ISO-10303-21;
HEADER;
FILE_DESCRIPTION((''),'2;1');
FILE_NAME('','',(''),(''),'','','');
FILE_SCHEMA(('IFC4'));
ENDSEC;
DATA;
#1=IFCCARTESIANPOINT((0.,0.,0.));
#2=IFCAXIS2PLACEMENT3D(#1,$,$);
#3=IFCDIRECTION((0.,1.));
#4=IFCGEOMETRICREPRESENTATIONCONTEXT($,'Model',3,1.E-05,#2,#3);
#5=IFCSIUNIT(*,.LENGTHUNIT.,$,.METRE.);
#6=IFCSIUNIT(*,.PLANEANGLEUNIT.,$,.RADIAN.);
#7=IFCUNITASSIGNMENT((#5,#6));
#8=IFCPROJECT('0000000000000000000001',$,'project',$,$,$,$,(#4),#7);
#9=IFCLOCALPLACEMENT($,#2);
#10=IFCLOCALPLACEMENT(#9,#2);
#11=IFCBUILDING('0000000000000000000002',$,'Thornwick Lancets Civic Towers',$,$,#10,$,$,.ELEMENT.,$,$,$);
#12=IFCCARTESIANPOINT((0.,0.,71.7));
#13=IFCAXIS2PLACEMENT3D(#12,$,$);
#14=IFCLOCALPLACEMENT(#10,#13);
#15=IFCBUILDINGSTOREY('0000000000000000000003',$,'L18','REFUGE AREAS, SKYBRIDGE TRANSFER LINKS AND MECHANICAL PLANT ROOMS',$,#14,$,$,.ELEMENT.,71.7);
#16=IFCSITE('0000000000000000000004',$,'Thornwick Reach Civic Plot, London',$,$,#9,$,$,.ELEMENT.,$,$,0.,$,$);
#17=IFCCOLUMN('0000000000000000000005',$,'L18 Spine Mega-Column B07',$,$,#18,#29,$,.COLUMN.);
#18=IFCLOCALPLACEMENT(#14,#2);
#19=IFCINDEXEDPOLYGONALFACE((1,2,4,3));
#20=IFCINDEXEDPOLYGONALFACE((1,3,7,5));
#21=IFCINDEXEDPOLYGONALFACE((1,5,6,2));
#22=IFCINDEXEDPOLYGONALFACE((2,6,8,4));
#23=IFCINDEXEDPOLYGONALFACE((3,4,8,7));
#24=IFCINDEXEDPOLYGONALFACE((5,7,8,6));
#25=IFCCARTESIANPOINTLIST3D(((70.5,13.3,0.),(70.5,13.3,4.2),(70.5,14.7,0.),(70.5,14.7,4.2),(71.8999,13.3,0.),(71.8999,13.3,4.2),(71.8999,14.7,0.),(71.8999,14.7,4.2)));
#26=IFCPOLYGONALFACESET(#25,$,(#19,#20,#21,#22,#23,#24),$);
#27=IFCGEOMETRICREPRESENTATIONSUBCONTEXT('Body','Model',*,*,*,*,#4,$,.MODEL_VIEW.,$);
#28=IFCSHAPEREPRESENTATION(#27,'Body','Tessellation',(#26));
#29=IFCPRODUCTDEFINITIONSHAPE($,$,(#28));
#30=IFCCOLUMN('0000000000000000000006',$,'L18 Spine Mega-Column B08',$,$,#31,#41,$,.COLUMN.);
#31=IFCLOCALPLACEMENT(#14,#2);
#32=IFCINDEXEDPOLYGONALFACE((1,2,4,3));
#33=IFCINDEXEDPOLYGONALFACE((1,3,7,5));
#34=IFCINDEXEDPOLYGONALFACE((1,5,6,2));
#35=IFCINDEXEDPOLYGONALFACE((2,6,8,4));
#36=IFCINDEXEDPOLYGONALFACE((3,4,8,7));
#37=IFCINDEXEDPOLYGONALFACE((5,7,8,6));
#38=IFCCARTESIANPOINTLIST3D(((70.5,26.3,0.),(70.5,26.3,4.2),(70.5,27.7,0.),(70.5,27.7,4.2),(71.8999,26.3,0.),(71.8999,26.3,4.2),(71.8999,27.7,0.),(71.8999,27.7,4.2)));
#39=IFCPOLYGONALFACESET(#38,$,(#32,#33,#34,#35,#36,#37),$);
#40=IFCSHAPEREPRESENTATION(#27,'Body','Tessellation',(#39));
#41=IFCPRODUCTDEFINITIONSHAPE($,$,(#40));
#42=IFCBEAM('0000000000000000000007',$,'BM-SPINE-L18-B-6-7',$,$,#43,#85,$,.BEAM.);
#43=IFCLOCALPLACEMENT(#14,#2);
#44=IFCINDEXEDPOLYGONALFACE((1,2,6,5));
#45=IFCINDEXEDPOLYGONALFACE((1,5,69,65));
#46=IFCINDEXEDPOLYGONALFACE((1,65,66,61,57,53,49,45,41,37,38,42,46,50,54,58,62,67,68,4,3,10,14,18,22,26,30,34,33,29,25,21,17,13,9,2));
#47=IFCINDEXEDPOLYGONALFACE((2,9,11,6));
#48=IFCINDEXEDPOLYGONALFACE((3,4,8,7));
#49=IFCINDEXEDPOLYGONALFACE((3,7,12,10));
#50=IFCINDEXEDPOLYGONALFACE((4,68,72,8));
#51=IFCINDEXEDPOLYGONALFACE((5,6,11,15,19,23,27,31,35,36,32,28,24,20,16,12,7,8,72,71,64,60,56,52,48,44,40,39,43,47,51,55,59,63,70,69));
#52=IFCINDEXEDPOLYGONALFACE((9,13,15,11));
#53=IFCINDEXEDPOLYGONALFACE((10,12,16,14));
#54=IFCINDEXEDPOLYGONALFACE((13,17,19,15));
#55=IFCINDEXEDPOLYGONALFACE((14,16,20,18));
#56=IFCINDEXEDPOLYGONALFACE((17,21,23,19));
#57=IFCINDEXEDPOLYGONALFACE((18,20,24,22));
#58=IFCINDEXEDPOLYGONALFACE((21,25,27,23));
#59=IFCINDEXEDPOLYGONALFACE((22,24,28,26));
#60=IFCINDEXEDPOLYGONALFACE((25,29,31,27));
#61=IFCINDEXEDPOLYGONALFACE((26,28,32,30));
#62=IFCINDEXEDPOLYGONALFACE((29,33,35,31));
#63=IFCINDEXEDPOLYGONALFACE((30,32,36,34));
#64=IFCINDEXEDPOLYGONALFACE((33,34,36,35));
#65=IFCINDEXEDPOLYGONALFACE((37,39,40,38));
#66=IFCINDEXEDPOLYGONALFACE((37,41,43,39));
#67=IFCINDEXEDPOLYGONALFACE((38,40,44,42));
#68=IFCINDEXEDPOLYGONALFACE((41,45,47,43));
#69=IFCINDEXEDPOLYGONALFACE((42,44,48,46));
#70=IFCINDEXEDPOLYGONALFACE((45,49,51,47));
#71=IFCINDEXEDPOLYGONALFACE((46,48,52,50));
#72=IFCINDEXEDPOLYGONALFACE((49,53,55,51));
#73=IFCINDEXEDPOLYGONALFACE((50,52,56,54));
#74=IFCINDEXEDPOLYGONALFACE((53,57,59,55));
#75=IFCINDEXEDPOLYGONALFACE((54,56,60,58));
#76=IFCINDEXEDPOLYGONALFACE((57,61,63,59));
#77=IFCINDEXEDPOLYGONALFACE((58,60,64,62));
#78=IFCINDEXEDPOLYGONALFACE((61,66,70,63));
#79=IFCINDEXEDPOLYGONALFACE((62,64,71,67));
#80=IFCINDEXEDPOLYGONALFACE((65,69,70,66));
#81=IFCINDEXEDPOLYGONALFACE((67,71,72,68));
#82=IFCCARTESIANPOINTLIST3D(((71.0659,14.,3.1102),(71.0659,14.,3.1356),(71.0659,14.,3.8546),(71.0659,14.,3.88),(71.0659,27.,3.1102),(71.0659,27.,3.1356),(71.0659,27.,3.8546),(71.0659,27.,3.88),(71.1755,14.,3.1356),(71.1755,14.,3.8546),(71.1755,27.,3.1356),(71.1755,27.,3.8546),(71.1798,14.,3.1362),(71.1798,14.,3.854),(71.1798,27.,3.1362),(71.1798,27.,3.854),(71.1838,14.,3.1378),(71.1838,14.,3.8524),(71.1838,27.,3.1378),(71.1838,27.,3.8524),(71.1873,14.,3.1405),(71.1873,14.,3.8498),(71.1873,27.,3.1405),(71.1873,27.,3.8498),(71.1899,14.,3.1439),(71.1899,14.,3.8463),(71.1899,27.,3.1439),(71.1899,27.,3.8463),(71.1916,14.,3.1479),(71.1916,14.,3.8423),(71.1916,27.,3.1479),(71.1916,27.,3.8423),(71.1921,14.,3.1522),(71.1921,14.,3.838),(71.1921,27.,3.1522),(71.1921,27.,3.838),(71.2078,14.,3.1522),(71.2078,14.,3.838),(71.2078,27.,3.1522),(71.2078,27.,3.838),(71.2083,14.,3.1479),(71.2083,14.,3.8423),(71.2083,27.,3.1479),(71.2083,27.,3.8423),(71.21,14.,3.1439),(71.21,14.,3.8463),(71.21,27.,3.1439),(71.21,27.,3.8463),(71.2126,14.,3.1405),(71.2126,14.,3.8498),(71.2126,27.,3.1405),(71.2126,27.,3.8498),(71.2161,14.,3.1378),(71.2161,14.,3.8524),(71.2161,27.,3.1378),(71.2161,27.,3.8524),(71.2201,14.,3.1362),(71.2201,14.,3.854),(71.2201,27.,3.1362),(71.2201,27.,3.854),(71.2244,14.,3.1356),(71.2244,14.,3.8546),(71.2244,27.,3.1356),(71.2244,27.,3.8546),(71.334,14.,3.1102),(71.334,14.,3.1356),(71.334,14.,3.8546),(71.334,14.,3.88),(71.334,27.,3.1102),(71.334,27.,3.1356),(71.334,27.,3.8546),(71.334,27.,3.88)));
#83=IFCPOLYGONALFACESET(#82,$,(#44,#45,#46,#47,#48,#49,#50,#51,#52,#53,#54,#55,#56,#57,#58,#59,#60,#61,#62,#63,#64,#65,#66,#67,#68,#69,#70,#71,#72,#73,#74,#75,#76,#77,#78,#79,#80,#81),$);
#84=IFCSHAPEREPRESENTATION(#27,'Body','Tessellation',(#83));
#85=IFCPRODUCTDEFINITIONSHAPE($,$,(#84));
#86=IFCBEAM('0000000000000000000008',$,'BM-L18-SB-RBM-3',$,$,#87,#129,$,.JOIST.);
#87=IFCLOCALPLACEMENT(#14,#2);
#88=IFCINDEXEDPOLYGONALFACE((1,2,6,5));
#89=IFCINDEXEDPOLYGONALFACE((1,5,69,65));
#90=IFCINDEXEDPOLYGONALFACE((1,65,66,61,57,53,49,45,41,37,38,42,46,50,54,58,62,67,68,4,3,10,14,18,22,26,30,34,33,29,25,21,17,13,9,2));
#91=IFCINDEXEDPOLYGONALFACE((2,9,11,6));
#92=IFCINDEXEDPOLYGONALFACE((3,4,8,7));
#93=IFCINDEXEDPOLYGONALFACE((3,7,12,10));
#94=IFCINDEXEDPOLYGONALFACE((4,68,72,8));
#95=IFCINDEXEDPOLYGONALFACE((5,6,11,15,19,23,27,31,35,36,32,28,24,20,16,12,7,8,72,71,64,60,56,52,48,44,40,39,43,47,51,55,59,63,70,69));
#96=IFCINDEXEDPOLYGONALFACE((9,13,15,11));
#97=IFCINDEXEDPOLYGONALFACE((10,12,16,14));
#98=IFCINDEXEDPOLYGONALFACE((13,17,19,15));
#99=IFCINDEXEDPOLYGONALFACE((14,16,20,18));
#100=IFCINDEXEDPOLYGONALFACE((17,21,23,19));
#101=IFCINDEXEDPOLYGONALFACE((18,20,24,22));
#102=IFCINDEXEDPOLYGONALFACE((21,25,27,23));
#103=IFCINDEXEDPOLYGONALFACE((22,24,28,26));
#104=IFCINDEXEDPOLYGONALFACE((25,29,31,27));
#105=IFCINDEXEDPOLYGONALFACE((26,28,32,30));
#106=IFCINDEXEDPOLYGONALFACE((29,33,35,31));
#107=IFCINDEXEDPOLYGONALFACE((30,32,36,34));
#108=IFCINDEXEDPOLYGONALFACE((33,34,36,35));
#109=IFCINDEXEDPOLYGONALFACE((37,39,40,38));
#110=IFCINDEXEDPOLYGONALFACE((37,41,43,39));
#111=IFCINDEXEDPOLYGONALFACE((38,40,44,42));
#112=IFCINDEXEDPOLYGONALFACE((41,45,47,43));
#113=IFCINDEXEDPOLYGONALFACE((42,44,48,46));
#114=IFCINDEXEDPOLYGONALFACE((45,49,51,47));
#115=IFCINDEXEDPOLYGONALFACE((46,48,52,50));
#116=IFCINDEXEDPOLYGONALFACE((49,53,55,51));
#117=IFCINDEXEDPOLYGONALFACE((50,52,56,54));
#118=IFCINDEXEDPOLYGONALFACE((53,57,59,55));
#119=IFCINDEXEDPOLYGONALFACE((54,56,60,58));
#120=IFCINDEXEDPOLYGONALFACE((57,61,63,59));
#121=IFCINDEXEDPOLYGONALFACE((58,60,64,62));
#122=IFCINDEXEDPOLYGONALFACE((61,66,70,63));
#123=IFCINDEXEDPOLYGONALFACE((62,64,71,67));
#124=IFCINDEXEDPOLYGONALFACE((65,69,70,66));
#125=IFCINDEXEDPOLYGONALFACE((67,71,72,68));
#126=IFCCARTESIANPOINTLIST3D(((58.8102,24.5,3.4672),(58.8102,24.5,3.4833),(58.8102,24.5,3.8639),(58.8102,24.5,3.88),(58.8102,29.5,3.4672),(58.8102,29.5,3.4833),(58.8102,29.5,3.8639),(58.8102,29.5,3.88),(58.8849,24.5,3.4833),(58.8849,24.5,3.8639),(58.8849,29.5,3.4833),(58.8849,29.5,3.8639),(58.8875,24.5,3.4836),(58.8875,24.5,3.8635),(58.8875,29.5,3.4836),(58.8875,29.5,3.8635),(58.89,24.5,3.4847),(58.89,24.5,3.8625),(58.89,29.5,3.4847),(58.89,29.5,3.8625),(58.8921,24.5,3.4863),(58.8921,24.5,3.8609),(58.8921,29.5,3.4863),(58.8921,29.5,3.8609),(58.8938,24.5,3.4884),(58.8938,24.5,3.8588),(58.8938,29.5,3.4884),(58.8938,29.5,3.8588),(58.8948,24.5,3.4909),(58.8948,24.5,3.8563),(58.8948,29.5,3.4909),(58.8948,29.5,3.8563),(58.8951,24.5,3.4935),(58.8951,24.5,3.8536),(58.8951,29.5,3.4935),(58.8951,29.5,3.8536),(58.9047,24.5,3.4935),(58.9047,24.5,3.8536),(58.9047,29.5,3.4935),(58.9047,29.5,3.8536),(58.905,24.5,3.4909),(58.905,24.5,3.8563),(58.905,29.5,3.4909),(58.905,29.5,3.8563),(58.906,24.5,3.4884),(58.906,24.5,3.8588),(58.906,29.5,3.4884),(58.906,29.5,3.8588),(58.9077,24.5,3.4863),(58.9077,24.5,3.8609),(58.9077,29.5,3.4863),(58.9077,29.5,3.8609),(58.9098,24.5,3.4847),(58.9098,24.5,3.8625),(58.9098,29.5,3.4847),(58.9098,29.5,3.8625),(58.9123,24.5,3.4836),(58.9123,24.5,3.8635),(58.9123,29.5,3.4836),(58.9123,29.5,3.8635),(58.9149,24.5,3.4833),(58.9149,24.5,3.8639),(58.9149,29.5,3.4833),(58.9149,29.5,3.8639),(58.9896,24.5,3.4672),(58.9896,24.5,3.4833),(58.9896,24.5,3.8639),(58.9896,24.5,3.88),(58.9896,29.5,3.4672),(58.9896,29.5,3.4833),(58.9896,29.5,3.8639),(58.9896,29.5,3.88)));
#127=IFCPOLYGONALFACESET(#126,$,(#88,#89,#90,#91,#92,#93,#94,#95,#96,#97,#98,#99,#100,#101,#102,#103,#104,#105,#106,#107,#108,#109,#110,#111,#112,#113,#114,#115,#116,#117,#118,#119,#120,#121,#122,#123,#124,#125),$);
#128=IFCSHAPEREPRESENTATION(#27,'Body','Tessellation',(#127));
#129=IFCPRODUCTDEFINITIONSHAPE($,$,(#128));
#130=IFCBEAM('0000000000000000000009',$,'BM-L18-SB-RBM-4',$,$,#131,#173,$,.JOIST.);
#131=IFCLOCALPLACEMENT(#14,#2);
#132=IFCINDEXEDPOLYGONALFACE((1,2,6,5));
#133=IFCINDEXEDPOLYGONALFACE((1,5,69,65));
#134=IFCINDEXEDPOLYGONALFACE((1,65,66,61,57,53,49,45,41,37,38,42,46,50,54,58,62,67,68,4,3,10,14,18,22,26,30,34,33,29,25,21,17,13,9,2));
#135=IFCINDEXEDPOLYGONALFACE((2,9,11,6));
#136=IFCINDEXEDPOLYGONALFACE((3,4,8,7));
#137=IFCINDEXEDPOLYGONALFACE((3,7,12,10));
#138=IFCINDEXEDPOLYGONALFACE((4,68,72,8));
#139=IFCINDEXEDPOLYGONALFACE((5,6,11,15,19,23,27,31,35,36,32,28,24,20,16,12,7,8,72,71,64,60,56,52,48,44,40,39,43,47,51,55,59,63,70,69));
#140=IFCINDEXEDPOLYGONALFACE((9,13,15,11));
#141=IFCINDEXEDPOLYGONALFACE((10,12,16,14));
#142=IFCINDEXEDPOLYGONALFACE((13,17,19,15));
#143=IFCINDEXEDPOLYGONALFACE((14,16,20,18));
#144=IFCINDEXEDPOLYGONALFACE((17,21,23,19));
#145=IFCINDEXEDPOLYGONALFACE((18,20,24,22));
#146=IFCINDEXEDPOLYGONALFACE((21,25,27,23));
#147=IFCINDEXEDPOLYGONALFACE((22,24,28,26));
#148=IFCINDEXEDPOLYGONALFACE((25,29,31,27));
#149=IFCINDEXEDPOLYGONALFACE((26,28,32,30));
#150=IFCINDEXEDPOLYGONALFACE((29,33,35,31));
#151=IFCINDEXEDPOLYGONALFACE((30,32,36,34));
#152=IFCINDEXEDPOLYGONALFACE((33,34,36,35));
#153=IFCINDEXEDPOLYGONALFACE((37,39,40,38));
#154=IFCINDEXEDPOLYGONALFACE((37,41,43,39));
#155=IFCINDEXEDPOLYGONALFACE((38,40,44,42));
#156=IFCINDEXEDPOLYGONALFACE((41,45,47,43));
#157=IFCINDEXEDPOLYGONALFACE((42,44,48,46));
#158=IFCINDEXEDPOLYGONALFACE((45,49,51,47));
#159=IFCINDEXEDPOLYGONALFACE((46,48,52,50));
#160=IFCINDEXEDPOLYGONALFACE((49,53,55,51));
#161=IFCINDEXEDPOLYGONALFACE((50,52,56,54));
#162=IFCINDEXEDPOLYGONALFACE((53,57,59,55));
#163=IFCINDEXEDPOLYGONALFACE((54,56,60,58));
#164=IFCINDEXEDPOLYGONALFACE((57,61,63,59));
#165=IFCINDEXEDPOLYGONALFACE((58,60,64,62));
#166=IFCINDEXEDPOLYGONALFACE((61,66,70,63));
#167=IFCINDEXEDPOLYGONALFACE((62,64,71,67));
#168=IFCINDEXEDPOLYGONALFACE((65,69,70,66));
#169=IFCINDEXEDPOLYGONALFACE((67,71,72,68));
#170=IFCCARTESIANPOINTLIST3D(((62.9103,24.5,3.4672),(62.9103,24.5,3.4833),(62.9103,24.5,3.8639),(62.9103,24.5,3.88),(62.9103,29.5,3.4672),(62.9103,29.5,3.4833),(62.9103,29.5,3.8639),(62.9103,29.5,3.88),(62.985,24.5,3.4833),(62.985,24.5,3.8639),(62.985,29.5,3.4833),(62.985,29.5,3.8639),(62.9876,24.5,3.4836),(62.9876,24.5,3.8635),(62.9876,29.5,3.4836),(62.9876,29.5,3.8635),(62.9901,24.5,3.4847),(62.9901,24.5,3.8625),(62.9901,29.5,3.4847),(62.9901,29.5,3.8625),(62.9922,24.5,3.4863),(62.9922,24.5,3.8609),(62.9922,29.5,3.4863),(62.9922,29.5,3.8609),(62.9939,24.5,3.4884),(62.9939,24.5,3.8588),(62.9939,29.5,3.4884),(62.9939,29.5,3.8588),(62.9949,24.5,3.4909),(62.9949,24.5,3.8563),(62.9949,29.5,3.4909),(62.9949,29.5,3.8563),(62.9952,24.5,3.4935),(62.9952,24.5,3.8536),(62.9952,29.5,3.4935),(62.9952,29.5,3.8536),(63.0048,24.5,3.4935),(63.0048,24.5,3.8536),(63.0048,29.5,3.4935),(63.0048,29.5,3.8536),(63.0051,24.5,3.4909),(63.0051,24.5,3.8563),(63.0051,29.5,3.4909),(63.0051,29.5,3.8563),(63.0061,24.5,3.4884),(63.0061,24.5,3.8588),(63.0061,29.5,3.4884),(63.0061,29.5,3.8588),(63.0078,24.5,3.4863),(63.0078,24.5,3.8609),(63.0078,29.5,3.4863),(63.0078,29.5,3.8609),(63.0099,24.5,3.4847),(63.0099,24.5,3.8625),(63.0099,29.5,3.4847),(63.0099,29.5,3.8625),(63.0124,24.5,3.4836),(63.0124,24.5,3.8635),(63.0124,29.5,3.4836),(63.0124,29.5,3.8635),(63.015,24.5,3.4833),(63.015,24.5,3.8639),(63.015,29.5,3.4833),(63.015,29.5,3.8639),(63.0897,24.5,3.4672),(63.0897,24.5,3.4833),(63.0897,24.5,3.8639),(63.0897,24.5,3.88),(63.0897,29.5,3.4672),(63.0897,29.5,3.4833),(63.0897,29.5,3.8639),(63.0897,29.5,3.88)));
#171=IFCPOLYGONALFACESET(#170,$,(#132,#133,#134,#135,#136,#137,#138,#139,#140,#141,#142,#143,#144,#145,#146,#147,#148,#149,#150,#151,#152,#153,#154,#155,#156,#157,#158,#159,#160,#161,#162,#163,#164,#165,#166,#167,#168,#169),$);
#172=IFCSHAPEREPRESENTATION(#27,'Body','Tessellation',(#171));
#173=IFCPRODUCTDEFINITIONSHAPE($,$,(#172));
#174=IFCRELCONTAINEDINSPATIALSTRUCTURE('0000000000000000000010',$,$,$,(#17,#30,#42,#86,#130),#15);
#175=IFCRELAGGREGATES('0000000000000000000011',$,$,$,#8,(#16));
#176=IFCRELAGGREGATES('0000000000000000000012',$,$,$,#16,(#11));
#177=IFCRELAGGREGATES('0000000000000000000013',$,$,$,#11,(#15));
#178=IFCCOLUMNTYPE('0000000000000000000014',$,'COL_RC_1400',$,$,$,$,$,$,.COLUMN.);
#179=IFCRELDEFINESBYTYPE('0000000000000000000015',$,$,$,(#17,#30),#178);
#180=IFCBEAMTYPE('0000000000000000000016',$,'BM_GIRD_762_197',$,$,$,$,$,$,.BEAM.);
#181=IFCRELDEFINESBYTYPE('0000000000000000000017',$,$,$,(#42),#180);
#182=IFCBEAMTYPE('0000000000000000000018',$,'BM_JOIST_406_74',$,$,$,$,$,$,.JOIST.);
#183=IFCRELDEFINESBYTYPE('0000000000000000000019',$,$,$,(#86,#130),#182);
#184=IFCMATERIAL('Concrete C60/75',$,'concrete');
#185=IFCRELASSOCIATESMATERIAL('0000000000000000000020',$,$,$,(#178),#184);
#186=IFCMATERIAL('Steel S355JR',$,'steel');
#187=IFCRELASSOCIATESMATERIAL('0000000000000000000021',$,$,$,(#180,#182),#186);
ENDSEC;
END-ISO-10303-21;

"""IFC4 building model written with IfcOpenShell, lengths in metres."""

from ifc_helpers import new_model, si_unit, direction, frame, origin, origin_2d, place, context, subcontext, project, spatial, rectangle, i_section, extrude, material, material_profile, profile_set, type_object, element, save


model = new_model("IFC4")

# Units and contexts
model_context = context("Model", 3, precision=1e-05, world=origin(), true_north=direction((0.0, 1.0)))
body_context = subcontext(model_context, "Body", "Model", "MODEL_VIEW")
ifc_project = project(units=[si_unit("LENGTHUNIT", "METRE"), si_unit("PLANEANGLEUNIT", "RADIAN")], contexts=[model_context])

# Site, building, storey
site_placement = place(None, origin())
site = spatial("IfcSite", under=ifc_project, at=site_placement, Name="Thornwick Reach Civic Plot, London", CompositionType="ELEMENT", RefElevation=0.0)
building_placement = place(site_placement, origin())
building = spatial("IfcBuilding", under=site, at=building_placement, Name="Thornwick Lancets Civic Towers", CompositionType="ELEMENT")
storey_placement = place(building_placement, frame((0.0, 0.0, 71.7)))
storey = spatial("IfcBuildingStorey", under=building, at=storey_placement, Name="L18", Description="REFUGE AREAS, SKYBRIDGE TRANSFER LINKS AND MECHANICAL PLANT ROOMS", CompositionType="ELEMENT", Elevation=71.7)

# Columns
ifc_material_1 = material(Name="Concrete C60/75", Category="concrete")
ifc_material_profile_1 = material_profile(ifc_material_1, rectangle(XDim=1.3999, YDim=1.3999, at=origin_2d()), Name="RC 1400x1400")
ifc_profile_set_1 = profile_set([ifc_material_profile_1], Name="Concrete C60/75")
column_type = type_object("IfcColumnType", Name="COL_RC_1400", PredefinedType="COLUMN", material=ifc_profile_set_1)
for number, where, z_axis, x_axis, name in (
    (1, (71.2, 14.0, 0.0), (0.0, 0.0, 1.0), (1.0, 0.0, 0.0), "L18 Spine Mega-Column B07"),
    (2, (71.2, 27.0, 0.0), (0.0, 0.0, 1.0), (1.0, 0.0, 0.0), "L18 Spine Mega-Column B08"),
):
    element("IfcColumn", number, at=place(storey_placement, frame(where, z_axis=z_axis, x_axis=x_axis)), inside=storey, type_object=column_type, Name=name, PredefinedType="COLUMN", context=body_context, shape_type="SweptSolid", body=[
        extrude(rectangle(XDim=1.3999, YDim=1.3999, at=origin_2d()), origin(), (0.0, 0.0, 1.0), 4.2),
    ])

# Beams
ifc_material_2 = material(Name="Steel S355JR", Category="steel")
ifc_material_profile_2 = material_profile(ifc_material_2, i_section(OverallWidth=0.2681, OverallDepth=0.7698, WebThickness=0.0156, FlangeThickness=0.0254, FilletRadius=0.0166, at=origin_2d()), Name="UKB 762x267x197")
ifc_profile_set_2 = profile_set([ifc_material_profile_2], Name="Steel S355JR")
beam_type_1 = type_object("IfcBeamType", Name="BM_GIRD_762_197", PredefinedType="BEAM", material=ifc_profile_set_2)
beam_placement = place(storey_placement, frame((71.2, 14.0, 3.4951), z_axis=(0.0, 1.0, 0.0), x_axis=(-1.0, 0.0, 0.0)))
element("IfcBeam", 3, at=beam_placement, inside=storey, type_object=beam_type_1, Name="BM-SPINE-L18-B-6-7", PredefinedType="BEAM", context=body_context, shape_type="SweptSolid", body=[
    extrude(i_section(OverallWidth=0.2681, OverallDepth=0.7698, WebThickness=0.0156, FlangeThickness=0.0254, FilletRadius=0.0166, at=origin_2d()), origin(), (0.0, 0.0, 1.0), 13.0),
])
ifc_material_profile_3 = material_profile(ifc_material_2, i_section(OverallWidth=0.1794, OverallDepth=0.4128, WebThickness=0.0095, FlangeThickness=0.0161, FilletRadius=0.0103, at=origin_2d()), Name="UKB 406x178x74")
ifc_profile_set_3 = profile_set([ifc_material_profile_3], Name="Steel S355JR")
beam_type_2 = type_object("IfcBeamType", Name="BM_JOIST_406_74", PredefinedType="JOIST", material=ifc_profile_set_3)
for number, where, z_axis, x_axis, name in (
    (4, (58.8999, 24.5, 3.6736), (0.0, 1.0, 0.0), (-1.0, 0.0, 0.0), "BM-L18-SB-RBM-3"),
    (5, (63.0, 24.5, 3.6736), (0.0, 1.0, 0.0), (-1.0, 0.0, 0.0), "BM-L18-SB-RBM-4"),
):
    element("IfcBeam", number, at=place(storey_placement, frame(where, z_axis=z_axis, x_axis=x_axis)), inside=storey, type_object=beam_type_2, Name=name, PredefinedType="JOIST", context=body_context, shape_type="SweptSolid", body=[
        extrude(i_section(OverallWidth=0.1794, OverallDepth=0.4128, WebThickness=0.0095, FlangeThickness=0.0161, FilletRadius=0.0103, at=origin_2d()), origin(), (0.0, 0.0, 1.0), 5.0),
    ])

save(model, "model.ifc")
